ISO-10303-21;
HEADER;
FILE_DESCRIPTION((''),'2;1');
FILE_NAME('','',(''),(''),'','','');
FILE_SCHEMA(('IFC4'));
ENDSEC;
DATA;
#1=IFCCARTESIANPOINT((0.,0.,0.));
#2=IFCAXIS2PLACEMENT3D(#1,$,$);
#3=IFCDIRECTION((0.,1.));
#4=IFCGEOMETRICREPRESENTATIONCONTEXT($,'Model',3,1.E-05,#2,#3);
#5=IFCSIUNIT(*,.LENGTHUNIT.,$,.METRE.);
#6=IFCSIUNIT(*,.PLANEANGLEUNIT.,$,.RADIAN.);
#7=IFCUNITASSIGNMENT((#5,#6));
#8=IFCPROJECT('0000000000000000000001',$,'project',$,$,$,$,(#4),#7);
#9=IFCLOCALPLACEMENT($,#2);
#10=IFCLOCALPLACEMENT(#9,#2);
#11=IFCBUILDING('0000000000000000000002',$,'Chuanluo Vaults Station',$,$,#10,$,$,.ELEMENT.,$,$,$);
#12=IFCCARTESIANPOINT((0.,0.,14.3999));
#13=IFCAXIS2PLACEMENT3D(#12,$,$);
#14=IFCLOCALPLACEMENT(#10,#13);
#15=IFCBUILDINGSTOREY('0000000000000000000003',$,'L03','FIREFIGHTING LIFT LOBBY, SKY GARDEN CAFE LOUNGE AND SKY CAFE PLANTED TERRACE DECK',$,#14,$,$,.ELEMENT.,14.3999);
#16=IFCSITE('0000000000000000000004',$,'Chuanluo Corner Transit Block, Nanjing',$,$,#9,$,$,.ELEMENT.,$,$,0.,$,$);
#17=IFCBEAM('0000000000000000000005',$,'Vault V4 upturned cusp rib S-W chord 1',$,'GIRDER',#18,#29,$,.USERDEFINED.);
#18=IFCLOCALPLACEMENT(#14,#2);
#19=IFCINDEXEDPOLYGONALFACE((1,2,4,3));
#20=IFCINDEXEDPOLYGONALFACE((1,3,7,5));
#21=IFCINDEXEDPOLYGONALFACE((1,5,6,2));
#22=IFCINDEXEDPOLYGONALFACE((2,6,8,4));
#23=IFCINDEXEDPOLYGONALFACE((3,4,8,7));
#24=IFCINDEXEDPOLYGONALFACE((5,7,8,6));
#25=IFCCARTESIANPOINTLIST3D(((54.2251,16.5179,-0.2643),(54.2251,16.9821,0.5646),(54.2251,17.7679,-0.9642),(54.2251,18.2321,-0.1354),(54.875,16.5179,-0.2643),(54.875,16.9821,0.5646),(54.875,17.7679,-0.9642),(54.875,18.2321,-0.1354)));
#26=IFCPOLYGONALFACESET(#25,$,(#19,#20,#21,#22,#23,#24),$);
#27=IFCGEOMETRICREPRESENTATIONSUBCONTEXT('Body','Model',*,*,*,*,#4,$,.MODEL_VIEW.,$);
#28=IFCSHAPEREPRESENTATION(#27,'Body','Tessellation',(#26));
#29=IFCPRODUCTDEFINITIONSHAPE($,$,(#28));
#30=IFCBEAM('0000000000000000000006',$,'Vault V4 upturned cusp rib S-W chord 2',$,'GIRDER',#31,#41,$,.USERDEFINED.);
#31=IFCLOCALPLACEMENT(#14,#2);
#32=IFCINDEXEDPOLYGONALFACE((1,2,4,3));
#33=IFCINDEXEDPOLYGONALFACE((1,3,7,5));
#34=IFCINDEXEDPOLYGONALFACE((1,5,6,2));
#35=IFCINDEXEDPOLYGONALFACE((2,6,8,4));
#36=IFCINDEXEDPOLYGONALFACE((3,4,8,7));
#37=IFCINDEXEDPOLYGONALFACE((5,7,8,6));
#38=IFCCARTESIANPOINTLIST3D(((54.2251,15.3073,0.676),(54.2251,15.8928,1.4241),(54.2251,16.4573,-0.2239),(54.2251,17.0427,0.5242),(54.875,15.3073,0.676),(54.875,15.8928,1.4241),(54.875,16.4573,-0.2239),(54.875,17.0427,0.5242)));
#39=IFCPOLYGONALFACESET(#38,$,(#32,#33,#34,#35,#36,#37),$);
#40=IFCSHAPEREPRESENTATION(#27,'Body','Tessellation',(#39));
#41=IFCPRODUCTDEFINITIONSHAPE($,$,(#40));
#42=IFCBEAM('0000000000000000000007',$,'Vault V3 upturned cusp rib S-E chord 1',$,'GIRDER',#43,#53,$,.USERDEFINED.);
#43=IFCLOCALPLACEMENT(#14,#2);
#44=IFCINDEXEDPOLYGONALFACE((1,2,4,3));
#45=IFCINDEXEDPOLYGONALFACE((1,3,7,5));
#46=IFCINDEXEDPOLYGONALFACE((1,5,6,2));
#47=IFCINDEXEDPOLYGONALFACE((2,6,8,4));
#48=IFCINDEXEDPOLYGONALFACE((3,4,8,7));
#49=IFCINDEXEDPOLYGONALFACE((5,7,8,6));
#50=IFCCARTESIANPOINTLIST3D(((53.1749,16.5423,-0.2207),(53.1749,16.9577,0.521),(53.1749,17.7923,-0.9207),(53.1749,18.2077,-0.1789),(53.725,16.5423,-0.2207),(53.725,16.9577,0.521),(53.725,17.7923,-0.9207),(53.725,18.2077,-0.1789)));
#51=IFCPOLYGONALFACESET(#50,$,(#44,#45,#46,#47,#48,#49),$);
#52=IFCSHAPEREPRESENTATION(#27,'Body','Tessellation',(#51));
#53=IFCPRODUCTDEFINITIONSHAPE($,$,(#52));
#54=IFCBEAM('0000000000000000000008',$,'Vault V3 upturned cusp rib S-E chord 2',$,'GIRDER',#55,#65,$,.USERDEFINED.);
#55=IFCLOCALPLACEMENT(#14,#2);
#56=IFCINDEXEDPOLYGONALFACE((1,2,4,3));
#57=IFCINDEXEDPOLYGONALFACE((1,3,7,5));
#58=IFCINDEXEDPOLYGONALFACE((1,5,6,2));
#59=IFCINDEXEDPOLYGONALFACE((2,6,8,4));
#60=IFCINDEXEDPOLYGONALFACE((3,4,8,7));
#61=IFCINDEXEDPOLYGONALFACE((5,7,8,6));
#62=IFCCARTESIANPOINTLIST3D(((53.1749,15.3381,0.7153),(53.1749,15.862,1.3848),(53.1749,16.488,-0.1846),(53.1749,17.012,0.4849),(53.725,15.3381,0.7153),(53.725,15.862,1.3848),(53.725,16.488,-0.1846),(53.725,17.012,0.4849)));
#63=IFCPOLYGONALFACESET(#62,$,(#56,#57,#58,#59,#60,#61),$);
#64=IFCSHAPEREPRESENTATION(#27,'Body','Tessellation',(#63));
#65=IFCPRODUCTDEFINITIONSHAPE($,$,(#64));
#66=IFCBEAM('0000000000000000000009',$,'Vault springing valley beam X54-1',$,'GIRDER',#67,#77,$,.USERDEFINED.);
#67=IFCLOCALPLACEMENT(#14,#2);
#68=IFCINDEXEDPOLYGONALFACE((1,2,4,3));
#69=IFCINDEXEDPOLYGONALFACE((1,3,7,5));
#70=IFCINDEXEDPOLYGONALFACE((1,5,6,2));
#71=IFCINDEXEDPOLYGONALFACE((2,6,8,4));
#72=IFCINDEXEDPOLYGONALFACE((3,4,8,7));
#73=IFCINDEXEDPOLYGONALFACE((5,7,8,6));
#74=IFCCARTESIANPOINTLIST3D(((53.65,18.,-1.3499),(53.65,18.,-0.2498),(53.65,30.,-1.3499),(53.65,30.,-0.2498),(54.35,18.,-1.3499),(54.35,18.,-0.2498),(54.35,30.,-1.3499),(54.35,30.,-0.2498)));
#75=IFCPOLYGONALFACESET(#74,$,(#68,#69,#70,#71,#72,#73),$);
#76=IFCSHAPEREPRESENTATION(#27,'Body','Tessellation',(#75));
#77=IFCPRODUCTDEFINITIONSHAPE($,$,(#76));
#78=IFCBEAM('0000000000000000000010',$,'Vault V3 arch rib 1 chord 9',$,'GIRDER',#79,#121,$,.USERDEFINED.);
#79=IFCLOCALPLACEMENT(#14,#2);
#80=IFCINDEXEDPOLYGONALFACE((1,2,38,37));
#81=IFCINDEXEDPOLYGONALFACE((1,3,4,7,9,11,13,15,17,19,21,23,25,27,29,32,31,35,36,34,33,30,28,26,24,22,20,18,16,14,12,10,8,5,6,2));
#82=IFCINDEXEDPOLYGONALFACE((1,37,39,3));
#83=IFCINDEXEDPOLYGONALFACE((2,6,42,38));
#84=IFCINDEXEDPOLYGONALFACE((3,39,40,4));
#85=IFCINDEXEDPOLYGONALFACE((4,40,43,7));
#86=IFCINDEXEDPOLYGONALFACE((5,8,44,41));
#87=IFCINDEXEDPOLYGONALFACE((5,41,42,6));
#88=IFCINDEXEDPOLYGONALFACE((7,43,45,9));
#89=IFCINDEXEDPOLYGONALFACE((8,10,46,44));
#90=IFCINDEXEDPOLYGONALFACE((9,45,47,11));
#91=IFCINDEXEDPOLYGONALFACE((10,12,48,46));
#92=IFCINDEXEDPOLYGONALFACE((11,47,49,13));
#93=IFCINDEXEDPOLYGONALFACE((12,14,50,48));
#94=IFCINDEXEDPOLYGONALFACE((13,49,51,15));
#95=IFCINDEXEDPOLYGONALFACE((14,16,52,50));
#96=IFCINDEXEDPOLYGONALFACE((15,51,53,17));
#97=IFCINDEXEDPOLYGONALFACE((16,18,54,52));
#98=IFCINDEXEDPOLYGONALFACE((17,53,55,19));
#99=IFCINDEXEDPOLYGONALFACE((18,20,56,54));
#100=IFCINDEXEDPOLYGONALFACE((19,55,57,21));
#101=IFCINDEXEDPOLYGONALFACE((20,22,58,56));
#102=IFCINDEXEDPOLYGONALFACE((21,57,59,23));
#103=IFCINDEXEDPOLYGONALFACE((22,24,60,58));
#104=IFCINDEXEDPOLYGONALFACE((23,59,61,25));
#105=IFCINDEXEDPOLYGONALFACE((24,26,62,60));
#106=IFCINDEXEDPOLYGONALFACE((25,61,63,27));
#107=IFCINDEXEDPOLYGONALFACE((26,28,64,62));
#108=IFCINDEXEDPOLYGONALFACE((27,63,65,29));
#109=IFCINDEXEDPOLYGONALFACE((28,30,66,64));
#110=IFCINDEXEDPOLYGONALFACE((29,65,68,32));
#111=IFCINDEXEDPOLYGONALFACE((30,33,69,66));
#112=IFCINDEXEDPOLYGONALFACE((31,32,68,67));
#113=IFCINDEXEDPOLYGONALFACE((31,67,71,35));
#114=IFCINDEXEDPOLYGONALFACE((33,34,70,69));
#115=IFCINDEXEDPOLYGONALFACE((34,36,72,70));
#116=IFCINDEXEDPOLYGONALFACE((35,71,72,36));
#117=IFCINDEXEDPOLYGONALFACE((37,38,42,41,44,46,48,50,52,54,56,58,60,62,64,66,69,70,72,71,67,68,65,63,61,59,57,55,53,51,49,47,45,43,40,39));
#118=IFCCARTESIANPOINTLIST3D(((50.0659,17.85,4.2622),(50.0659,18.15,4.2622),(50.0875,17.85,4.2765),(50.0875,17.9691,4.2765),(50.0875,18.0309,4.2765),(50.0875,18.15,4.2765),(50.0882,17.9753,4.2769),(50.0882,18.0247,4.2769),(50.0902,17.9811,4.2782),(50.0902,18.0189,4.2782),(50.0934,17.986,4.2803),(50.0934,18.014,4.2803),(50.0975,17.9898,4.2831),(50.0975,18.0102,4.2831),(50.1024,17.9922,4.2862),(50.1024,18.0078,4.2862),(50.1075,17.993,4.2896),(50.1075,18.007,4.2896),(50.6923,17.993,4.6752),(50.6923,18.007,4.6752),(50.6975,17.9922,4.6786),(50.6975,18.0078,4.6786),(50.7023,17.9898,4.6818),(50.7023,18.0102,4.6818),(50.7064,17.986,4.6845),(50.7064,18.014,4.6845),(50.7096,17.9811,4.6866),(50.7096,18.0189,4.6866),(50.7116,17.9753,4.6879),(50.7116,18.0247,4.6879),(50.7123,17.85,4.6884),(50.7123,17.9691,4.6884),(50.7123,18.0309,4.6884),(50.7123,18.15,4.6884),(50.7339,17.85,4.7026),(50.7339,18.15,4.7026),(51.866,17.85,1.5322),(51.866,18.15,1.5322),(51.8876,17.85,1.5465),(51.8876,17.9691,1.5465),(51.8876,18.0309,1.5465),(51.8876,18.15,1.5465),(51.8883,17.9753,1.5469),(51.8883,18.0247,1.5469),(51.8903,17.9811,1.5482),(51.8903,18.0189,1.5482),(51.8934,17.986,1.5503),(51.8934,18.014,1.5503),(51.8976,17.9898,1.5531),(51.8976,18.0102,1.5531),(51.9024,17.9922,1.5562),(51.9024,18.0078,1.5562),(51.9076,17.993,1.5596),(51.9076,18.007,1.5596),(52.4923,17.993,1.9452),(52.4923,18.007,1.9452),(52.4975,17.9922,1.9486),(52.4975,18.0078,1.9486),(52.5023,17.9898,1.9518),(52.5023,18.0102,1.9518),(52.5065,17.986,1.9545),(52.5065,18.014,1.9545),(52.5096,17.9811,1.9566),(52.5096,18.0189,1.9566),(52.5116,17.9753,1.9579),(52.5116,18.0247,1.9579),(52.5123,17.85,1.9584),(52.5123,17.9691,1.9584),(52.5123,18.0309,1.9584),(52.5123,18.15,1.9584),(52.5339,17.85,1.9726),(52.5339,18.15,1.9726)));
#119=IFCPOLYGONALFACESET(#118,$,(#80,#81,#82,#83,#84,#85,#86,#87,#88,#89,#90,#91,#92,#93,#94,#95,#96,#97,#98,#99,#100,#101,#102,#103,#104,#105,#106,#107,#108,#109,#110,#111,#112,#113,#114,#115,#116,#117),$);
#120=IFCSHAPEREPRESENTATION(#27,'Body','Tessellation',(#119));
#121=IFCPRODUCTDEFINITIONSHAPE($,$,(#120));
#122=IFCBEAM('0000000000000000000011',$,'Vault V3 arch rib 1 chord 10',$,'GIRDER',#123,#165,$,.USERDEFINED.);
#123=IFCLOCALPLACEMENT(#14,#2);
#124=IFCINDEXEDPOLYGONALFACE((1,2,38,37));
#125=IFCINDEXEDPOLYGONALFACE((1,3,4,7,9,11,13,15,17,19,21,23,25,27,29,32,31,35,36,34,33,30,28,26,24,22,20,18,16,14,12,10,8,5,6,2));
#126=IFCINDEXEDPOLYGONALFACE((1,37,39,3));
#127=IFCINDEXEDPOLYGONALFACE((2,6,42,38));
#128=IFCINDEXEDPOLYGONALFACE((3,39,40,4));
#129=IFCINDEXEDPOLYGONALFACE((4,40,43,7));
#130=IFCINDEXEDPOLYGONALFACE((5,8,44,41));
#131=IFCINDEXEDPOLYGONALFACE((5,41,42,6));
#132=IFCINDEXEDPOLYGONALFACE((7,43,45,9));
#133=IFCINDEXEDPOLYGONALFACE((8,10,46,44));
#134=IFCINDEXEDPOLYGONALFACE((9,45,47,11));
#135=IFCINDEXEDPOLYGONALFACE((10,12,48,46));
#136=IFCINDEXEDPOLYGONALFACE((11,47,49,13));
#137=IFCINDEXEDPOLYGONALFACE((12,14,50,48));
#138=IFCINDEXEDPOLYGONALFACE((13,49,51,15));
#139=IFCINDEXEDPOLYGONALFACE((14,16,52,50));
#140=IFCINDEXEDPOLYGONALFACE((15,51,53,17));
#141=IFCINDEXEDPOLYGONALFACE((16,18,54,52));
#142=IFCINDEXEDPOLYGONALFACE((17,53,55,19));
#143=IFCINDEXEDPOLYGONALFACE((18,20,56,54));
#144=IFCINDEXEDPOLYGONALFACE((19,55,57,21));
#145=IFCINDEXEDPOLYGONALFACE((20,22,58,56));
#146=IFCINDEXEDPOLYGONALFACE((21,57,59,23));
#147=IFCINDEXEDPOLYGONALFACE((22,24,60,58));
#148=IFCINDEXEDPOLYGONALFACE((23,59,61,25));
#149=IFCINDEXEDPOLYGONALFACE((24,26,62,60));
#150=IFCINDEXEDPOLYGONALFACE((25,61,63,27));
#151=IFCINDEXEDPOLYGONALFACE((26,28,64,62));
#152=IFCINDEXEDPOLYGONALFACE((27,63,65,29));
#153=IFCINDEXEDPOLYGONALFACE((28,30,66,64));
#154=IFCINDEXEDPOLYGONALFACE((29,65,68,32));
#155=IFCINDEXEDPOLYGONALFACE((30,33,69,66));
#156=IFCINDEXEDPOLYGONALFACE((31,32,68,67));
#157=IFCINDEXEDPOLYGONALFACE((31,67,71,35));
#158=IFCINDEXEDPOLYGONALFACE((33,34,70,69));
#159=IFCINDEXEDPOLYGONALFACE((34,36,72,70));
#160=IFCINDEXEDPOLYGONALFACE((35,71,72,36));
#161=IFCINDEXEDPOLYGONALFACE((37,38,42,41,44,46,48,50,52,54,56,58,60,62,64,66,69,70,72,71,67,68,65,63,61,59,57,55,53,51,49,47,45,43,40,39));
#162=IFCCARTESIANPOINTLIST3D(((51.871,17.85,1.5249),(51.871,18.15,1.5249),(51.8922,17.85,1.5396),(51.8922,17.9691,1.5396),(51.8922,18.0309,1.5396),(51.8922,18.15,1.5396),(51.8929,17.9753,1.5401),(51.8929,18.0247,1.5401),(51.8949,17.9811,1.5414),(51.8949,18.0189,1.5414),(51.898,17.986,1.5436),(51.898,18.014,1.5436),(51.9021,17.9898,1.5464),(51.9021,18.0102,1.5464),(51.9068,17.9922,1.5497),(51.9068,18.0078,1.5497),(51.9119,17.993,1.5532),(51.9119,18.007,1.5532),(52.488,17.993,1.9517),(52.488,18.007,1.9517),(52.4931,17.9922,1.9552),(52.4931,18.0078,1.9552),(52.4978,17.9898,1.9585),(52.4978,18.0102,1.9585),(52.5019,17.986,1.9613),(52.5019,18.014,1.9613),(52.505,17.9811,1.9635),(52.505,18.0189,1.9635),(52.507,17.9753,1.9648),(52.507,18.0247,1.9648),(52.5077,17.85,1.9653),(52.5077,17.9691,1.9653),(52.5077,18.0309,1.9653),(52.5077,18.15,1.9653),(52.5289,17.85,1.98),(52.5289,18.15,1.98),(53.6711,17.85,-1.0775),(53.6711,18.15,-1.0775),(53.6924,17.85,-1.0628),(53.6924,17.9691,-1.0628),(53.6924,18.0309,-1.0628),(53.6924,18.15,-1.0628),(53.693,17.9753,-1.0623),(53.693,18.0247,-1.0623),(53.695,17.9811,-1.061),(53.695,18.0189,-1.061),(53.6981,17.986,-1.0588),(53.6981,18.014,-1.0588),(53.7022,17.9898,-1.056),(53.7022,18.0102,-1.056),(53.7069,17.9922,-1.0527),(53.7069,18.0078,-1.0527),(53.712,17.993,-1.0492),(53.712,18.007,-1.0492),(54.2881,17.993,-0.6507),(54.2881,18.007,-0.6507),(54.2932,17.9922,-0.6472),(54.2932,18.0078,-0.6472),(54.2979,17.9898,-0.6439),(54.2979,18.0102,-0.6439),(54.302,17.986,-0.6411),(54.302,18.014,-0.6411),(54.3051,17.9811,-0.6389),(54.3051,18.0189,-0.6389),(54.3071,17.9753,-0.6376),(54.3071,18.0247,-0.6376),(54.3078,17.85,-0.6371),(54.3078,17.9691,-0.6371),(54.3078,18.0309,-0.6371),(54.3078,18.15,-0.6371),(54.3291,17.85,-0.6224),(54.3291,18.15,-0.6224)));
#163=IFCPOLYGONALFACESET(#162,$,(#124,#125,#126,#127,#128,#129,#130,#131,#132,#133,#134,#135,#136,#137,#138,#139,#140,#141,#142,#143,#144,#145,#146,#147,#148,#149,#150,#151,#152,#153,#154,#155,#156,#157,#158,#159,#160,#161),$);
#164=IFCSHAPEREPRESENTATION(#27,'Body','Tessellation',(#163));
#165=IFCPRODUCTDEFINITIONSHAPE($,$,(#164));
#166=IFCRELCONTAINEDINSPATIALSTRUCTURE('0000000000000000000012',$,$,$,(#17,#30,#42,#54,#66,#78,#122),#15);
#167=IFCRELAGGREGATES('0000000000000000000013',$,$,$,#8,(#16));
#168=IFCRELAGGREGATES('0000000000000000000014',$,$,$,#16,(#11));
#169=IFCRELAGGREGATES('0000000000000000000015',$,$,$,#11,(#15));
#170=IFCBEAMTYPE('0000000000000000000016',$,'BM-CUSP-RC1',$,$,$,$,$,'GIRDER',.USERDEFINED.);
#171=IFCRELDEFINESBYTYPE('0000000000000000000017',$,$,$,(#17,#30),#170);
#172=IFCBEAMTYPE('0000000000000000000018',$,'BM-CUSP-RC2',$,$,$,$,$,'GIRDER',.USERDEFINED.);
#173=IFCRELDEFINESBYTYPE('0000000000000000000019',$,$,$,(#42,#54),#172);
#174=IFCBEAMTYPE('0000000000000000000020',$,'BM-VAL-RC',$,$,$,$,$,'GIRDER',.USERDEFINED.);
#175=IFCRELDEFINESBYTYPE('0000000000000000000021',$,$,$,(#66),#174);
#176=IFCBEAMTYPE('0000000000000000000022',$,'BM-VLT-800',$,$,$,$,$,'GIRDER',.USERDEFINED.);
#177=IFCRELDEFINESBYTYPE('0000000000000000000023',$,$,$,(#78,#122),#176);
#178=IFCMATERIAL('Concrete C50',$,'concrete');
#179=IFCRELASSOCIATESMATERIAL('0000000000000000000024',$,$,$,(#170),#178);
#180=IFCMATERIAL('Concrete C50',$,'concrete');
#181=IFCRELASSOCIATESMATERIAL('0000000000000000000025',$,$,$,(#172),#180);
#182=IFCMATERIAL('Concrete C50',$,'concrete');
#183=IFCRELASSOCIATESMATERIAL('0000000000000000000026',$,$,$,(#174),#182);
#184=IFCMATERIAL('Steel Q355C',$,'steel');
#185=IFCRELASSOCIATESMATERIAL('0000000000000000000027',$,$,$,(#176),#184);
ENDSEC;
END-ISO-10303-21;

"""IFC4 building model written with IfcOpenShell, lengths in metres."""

from ifc_helpers import new_model, si_unit, direction, frame, origin, origin_2d, place, context, subcontext, project, spatial, rectangle, i_section, extrude, material, material_profile, profile_set, type_object, element, save


model = new_model("IFC4")

# Units and contexts
model_context = context("Model", 3, precision=1e-05, world=origin(), true_north=direction((0.0, 1.0)))
body_context = subcontext(model_context, "Body", "Model", "MODEL_VIEW")
ifc_project = project(units=[si_unit("LENGTHUNIT", "METRE"), si_unit("PLANEANGLEUNIT", "RADIAN")], contexts=[model_context])

# Site, building, storey
site_placement = place(None, origin())
site = spatial("IfcSite", under=ifc_project, at=site_placement, Name="Chuanluo Corner Transit Block, Nanjing", CompositionType="ELEMENT", RefElevation=0.0)
building_placement = place(site_placement, origin())
building = spatial("IfcBuilding", under=site, at=building_placement, Name="Chuanluo Vaults Station", CompositionType="ELEMENT")
storey_placement = place(building_placement, frame((0.0, 0.0, 14.3999)))
storey = spatial("IfcBuildingStorey", under=building, at=storey_placement, Name="L03", Description="FIREFIGHTING LIFT LOBBY, SKY GARDEN CAFE LOUNGE AND SKY CAFE PLANTED TERRACE DECK", CompositionType="ELEMENT", Elevation=14.3999)

# Beams
ifc_material_1 = material(Name="Concrete C50", Category="concrete")
ifc_material_profile_1 = material_profile(ifc_material_1, rectangle(XDim=0.6499, YDim=0.95, at=origin_2d()))
ifc_profile_set_1 = profile_set([ifc_material_profile_1], Name="Concrete C50")
beam_type_1 = type_object("IfcBeamType", Name="BM-CUSP-RC1", ElementType="GIRDER", PredefinedType="USERDEFINED", material=ifc_profile_set_1)
beam_1_placement = place(storey_placement, frame((54.55, 18.0, -0.5498), z_axis=(0.0, -0.872521, 0.488577), x_axis=(1.0, 0.0, 0.0)))
element("IfcBeam", 1, at=beam_1_placement, inside=storey, type_object=beam_type_1, Name="Vault V4 upturned cusp rib S-W chord 1", ObjectType="GIRDER", PredefinedType="USERDEFINED", context=body_context, shape_type="SweptSolid", body=[
    extrude(rectangle(XDim=0.6499, YDim=0.95, at=origin_2d()), origin(), (0.0, 0.0, 1.0), 1.4326),
])
beam_2_placement = place(storey_placement, frame((54.55, 16.75, 0.1501), z_axis=(0.0, -0.787512, 0.616299), x_axis=(1.0, 0.0, 0.0)))
element("IfcBeam", 2, at=beam_2_placement, inside=storey, type_object=beam_type_1, Name="Vault V4 upturned cusp rib S-W chord 2", ObjectType="GIRDER", PredefinedType="USERDEFINED", context=body_context, shape_type="SweptSolid", body=[
    extrude(rectangle(XDim=0.6499, YDim=0.95, at=origin_2d()), origin(), (0.0, 0.0, 1.0), 1.4602),
])
ifc_material_2 = material(Name="Concrete C50", Category="concrete")
ifc_material_profile_2 = material_profile(ifc_material_2, rectangle(XDim=0.55, YDim=0.8501, at=origin_2d()))
ifc_profile_set_2 = profile_set([ifc_material_profile_2], Name="Concrete C50")
beam_type_2 = type_object("IfcBeamType", Name="BM-CUSP-RC2", ElementType="GIRDER", PredefinedType="USERDEFINED", material=ifc_profile_set_2)
beam_3_placement = place(storey_placement, frame((53.45, 18.0, -0.5498), z_axis=(0.0, -0.872521, 0.488577), x_axis=(1.0, 0.0, 0.0)))
element("IfcBeam", 3, at=beam_3_placement, inside=storey, type_object=beam_type_2, Name="Vault V3 upturned cusp rib S-E chord 1", ObjectType="GIRDER", PredefinedType="USERDEFINED", context=body_context, shape_type="SweptSolid", body=[
    extrude(rectangle(XDim=0.55, YDim=0.8501, at=origin_2d()), origin(), (0.0, 0.0, 1.0), 1.4326),
])
beam_4_placement = place(storey_placement, frame((53.45, 16.75, 0.1501), z_axis=(0.0, -0.787512, 0.616299), x_axis=(1.0, 0.0, 0.0)))
element("IfcBeam", 4, at=beam_4_placement, inside=storey, type_object=beam_type_2, Name="Vault V3 upturned cusp rib S-E chord 2", ObjectType="GIRDER", PredefinedType="USERDEFINED", context=body_context, shape_type="SweptSolid", body=[
    extrude(rectangle(XDim=0.55, YDim=0.8501, at=origin_2d()), origin(), (0.0, 0.0, 1.0), 1.4602),
])
ifc_material_3 = material(Name="Concrete C50", Category="concrete")
ifc_material_profile_3 = material_profile(ifc_material_3, rectangle(XDim=0.7, YDim=1.1001, at=origin_2d()))
ifc_profile_set_3 = profile_set([ifc_material_profile_3], Name="Concrete C50")
beam_type_3 = type_object("IfcBeamType", Name="BM-VAL-RC", ElementType="GIRDER", PredefinedType="USERDEFINED", material=ifc_profile_set_3)
beam_5_placement = place(storey_placement, frame((54.0, 18.0, -0.7998), z_axis=(0.0, 1.0, 0.0), x_axis=(-1.0, 0.0, 0.0)))
element("IfcBeam", 5, at=beam_5_placement, inside=storey, type_object=beam_type_3, Name="Vault springing valley beam X54-1", ObjectType="GIRDER", PredefinedType="USERDEFINED", context=body_context, shape_type="SweptSolid", body=[
    extrude(rectangle(XDim=0.7, YDim=1.1001, at=origin_2d()), origin(), (0.0, 0.0, 1.0), 12.0),
])
ifc_material_4 = material(Name="Steel Q355C", Category="steel")
ifc_material_profile_4 = material_profile(ifc_material_4, i_section(OverallWidth=0.3, OverallDepth=0.8, WebThickness=0.0139, FlangeThickness=0.0259, FilletRadius=0.0239, at=origin_2d()))
ifc_profile_set_4 = profile_set([ifc_material_profile_4], Name="Steel Q355C")
beam_type_4 = type_object("IfcBeamType", Name="BM-VLT-800", ElementType="GIRDER", PredefinedType="USERDEFINED", material=ifc_profile_set_4)
beam_6_placement = place(storey_placement, frame((50.3999, 18.0, 4.4824), z_axis=(0.550472, 0.0, -0.834854), x_axis=(0.0, 1.0, 0.0)))
element("IfcBeam", 6, at=beam_6_placement, inside=storey, type_object=beam_type_4, Name="Vault V3 arch rib 1 chord 9", ObjectType="GIRDER", PredefinedType="USERDEFINED", context=body_context, shape_type="SweptSolid", body=[
    extrude(i_section(OverallWidth=0.3, OverallDepth=0.8, WebThickness=0.0139, FlangeThickness=0.0259, FilletRadius=0.0239, at=origin_2d()), origin(), (0.0, 0.0, 1.0), 3.27),
])
beam_7_placement = place(storey_placement, frame((52.2, 18.0, 1.7524), z_axis=(0.568881, 0.0, -0.82242), x_axis=(0.0, 1.0, 0.0)))
element("IfcBeam", 7, at=beam_7_placement, inside=storey, type_object=beam_type_4, Name="Vault V3 arch rib 1 chord 10", ObjectType="GIRDER", PredefinedType="USERDEFINED", context=body_context, shape_type="SweptSolid", body=[
    extrude(i_section(OverallWidth=0.3, OverallDepth=0.8, WebThickness=0.0139, FlangeThickness=0.0259, FilletRadius=0.0239, at=origin_2d()), origin(), (0.0, 0.0, 1.0), 3.1643),
])

save(model, "model.ifc")
